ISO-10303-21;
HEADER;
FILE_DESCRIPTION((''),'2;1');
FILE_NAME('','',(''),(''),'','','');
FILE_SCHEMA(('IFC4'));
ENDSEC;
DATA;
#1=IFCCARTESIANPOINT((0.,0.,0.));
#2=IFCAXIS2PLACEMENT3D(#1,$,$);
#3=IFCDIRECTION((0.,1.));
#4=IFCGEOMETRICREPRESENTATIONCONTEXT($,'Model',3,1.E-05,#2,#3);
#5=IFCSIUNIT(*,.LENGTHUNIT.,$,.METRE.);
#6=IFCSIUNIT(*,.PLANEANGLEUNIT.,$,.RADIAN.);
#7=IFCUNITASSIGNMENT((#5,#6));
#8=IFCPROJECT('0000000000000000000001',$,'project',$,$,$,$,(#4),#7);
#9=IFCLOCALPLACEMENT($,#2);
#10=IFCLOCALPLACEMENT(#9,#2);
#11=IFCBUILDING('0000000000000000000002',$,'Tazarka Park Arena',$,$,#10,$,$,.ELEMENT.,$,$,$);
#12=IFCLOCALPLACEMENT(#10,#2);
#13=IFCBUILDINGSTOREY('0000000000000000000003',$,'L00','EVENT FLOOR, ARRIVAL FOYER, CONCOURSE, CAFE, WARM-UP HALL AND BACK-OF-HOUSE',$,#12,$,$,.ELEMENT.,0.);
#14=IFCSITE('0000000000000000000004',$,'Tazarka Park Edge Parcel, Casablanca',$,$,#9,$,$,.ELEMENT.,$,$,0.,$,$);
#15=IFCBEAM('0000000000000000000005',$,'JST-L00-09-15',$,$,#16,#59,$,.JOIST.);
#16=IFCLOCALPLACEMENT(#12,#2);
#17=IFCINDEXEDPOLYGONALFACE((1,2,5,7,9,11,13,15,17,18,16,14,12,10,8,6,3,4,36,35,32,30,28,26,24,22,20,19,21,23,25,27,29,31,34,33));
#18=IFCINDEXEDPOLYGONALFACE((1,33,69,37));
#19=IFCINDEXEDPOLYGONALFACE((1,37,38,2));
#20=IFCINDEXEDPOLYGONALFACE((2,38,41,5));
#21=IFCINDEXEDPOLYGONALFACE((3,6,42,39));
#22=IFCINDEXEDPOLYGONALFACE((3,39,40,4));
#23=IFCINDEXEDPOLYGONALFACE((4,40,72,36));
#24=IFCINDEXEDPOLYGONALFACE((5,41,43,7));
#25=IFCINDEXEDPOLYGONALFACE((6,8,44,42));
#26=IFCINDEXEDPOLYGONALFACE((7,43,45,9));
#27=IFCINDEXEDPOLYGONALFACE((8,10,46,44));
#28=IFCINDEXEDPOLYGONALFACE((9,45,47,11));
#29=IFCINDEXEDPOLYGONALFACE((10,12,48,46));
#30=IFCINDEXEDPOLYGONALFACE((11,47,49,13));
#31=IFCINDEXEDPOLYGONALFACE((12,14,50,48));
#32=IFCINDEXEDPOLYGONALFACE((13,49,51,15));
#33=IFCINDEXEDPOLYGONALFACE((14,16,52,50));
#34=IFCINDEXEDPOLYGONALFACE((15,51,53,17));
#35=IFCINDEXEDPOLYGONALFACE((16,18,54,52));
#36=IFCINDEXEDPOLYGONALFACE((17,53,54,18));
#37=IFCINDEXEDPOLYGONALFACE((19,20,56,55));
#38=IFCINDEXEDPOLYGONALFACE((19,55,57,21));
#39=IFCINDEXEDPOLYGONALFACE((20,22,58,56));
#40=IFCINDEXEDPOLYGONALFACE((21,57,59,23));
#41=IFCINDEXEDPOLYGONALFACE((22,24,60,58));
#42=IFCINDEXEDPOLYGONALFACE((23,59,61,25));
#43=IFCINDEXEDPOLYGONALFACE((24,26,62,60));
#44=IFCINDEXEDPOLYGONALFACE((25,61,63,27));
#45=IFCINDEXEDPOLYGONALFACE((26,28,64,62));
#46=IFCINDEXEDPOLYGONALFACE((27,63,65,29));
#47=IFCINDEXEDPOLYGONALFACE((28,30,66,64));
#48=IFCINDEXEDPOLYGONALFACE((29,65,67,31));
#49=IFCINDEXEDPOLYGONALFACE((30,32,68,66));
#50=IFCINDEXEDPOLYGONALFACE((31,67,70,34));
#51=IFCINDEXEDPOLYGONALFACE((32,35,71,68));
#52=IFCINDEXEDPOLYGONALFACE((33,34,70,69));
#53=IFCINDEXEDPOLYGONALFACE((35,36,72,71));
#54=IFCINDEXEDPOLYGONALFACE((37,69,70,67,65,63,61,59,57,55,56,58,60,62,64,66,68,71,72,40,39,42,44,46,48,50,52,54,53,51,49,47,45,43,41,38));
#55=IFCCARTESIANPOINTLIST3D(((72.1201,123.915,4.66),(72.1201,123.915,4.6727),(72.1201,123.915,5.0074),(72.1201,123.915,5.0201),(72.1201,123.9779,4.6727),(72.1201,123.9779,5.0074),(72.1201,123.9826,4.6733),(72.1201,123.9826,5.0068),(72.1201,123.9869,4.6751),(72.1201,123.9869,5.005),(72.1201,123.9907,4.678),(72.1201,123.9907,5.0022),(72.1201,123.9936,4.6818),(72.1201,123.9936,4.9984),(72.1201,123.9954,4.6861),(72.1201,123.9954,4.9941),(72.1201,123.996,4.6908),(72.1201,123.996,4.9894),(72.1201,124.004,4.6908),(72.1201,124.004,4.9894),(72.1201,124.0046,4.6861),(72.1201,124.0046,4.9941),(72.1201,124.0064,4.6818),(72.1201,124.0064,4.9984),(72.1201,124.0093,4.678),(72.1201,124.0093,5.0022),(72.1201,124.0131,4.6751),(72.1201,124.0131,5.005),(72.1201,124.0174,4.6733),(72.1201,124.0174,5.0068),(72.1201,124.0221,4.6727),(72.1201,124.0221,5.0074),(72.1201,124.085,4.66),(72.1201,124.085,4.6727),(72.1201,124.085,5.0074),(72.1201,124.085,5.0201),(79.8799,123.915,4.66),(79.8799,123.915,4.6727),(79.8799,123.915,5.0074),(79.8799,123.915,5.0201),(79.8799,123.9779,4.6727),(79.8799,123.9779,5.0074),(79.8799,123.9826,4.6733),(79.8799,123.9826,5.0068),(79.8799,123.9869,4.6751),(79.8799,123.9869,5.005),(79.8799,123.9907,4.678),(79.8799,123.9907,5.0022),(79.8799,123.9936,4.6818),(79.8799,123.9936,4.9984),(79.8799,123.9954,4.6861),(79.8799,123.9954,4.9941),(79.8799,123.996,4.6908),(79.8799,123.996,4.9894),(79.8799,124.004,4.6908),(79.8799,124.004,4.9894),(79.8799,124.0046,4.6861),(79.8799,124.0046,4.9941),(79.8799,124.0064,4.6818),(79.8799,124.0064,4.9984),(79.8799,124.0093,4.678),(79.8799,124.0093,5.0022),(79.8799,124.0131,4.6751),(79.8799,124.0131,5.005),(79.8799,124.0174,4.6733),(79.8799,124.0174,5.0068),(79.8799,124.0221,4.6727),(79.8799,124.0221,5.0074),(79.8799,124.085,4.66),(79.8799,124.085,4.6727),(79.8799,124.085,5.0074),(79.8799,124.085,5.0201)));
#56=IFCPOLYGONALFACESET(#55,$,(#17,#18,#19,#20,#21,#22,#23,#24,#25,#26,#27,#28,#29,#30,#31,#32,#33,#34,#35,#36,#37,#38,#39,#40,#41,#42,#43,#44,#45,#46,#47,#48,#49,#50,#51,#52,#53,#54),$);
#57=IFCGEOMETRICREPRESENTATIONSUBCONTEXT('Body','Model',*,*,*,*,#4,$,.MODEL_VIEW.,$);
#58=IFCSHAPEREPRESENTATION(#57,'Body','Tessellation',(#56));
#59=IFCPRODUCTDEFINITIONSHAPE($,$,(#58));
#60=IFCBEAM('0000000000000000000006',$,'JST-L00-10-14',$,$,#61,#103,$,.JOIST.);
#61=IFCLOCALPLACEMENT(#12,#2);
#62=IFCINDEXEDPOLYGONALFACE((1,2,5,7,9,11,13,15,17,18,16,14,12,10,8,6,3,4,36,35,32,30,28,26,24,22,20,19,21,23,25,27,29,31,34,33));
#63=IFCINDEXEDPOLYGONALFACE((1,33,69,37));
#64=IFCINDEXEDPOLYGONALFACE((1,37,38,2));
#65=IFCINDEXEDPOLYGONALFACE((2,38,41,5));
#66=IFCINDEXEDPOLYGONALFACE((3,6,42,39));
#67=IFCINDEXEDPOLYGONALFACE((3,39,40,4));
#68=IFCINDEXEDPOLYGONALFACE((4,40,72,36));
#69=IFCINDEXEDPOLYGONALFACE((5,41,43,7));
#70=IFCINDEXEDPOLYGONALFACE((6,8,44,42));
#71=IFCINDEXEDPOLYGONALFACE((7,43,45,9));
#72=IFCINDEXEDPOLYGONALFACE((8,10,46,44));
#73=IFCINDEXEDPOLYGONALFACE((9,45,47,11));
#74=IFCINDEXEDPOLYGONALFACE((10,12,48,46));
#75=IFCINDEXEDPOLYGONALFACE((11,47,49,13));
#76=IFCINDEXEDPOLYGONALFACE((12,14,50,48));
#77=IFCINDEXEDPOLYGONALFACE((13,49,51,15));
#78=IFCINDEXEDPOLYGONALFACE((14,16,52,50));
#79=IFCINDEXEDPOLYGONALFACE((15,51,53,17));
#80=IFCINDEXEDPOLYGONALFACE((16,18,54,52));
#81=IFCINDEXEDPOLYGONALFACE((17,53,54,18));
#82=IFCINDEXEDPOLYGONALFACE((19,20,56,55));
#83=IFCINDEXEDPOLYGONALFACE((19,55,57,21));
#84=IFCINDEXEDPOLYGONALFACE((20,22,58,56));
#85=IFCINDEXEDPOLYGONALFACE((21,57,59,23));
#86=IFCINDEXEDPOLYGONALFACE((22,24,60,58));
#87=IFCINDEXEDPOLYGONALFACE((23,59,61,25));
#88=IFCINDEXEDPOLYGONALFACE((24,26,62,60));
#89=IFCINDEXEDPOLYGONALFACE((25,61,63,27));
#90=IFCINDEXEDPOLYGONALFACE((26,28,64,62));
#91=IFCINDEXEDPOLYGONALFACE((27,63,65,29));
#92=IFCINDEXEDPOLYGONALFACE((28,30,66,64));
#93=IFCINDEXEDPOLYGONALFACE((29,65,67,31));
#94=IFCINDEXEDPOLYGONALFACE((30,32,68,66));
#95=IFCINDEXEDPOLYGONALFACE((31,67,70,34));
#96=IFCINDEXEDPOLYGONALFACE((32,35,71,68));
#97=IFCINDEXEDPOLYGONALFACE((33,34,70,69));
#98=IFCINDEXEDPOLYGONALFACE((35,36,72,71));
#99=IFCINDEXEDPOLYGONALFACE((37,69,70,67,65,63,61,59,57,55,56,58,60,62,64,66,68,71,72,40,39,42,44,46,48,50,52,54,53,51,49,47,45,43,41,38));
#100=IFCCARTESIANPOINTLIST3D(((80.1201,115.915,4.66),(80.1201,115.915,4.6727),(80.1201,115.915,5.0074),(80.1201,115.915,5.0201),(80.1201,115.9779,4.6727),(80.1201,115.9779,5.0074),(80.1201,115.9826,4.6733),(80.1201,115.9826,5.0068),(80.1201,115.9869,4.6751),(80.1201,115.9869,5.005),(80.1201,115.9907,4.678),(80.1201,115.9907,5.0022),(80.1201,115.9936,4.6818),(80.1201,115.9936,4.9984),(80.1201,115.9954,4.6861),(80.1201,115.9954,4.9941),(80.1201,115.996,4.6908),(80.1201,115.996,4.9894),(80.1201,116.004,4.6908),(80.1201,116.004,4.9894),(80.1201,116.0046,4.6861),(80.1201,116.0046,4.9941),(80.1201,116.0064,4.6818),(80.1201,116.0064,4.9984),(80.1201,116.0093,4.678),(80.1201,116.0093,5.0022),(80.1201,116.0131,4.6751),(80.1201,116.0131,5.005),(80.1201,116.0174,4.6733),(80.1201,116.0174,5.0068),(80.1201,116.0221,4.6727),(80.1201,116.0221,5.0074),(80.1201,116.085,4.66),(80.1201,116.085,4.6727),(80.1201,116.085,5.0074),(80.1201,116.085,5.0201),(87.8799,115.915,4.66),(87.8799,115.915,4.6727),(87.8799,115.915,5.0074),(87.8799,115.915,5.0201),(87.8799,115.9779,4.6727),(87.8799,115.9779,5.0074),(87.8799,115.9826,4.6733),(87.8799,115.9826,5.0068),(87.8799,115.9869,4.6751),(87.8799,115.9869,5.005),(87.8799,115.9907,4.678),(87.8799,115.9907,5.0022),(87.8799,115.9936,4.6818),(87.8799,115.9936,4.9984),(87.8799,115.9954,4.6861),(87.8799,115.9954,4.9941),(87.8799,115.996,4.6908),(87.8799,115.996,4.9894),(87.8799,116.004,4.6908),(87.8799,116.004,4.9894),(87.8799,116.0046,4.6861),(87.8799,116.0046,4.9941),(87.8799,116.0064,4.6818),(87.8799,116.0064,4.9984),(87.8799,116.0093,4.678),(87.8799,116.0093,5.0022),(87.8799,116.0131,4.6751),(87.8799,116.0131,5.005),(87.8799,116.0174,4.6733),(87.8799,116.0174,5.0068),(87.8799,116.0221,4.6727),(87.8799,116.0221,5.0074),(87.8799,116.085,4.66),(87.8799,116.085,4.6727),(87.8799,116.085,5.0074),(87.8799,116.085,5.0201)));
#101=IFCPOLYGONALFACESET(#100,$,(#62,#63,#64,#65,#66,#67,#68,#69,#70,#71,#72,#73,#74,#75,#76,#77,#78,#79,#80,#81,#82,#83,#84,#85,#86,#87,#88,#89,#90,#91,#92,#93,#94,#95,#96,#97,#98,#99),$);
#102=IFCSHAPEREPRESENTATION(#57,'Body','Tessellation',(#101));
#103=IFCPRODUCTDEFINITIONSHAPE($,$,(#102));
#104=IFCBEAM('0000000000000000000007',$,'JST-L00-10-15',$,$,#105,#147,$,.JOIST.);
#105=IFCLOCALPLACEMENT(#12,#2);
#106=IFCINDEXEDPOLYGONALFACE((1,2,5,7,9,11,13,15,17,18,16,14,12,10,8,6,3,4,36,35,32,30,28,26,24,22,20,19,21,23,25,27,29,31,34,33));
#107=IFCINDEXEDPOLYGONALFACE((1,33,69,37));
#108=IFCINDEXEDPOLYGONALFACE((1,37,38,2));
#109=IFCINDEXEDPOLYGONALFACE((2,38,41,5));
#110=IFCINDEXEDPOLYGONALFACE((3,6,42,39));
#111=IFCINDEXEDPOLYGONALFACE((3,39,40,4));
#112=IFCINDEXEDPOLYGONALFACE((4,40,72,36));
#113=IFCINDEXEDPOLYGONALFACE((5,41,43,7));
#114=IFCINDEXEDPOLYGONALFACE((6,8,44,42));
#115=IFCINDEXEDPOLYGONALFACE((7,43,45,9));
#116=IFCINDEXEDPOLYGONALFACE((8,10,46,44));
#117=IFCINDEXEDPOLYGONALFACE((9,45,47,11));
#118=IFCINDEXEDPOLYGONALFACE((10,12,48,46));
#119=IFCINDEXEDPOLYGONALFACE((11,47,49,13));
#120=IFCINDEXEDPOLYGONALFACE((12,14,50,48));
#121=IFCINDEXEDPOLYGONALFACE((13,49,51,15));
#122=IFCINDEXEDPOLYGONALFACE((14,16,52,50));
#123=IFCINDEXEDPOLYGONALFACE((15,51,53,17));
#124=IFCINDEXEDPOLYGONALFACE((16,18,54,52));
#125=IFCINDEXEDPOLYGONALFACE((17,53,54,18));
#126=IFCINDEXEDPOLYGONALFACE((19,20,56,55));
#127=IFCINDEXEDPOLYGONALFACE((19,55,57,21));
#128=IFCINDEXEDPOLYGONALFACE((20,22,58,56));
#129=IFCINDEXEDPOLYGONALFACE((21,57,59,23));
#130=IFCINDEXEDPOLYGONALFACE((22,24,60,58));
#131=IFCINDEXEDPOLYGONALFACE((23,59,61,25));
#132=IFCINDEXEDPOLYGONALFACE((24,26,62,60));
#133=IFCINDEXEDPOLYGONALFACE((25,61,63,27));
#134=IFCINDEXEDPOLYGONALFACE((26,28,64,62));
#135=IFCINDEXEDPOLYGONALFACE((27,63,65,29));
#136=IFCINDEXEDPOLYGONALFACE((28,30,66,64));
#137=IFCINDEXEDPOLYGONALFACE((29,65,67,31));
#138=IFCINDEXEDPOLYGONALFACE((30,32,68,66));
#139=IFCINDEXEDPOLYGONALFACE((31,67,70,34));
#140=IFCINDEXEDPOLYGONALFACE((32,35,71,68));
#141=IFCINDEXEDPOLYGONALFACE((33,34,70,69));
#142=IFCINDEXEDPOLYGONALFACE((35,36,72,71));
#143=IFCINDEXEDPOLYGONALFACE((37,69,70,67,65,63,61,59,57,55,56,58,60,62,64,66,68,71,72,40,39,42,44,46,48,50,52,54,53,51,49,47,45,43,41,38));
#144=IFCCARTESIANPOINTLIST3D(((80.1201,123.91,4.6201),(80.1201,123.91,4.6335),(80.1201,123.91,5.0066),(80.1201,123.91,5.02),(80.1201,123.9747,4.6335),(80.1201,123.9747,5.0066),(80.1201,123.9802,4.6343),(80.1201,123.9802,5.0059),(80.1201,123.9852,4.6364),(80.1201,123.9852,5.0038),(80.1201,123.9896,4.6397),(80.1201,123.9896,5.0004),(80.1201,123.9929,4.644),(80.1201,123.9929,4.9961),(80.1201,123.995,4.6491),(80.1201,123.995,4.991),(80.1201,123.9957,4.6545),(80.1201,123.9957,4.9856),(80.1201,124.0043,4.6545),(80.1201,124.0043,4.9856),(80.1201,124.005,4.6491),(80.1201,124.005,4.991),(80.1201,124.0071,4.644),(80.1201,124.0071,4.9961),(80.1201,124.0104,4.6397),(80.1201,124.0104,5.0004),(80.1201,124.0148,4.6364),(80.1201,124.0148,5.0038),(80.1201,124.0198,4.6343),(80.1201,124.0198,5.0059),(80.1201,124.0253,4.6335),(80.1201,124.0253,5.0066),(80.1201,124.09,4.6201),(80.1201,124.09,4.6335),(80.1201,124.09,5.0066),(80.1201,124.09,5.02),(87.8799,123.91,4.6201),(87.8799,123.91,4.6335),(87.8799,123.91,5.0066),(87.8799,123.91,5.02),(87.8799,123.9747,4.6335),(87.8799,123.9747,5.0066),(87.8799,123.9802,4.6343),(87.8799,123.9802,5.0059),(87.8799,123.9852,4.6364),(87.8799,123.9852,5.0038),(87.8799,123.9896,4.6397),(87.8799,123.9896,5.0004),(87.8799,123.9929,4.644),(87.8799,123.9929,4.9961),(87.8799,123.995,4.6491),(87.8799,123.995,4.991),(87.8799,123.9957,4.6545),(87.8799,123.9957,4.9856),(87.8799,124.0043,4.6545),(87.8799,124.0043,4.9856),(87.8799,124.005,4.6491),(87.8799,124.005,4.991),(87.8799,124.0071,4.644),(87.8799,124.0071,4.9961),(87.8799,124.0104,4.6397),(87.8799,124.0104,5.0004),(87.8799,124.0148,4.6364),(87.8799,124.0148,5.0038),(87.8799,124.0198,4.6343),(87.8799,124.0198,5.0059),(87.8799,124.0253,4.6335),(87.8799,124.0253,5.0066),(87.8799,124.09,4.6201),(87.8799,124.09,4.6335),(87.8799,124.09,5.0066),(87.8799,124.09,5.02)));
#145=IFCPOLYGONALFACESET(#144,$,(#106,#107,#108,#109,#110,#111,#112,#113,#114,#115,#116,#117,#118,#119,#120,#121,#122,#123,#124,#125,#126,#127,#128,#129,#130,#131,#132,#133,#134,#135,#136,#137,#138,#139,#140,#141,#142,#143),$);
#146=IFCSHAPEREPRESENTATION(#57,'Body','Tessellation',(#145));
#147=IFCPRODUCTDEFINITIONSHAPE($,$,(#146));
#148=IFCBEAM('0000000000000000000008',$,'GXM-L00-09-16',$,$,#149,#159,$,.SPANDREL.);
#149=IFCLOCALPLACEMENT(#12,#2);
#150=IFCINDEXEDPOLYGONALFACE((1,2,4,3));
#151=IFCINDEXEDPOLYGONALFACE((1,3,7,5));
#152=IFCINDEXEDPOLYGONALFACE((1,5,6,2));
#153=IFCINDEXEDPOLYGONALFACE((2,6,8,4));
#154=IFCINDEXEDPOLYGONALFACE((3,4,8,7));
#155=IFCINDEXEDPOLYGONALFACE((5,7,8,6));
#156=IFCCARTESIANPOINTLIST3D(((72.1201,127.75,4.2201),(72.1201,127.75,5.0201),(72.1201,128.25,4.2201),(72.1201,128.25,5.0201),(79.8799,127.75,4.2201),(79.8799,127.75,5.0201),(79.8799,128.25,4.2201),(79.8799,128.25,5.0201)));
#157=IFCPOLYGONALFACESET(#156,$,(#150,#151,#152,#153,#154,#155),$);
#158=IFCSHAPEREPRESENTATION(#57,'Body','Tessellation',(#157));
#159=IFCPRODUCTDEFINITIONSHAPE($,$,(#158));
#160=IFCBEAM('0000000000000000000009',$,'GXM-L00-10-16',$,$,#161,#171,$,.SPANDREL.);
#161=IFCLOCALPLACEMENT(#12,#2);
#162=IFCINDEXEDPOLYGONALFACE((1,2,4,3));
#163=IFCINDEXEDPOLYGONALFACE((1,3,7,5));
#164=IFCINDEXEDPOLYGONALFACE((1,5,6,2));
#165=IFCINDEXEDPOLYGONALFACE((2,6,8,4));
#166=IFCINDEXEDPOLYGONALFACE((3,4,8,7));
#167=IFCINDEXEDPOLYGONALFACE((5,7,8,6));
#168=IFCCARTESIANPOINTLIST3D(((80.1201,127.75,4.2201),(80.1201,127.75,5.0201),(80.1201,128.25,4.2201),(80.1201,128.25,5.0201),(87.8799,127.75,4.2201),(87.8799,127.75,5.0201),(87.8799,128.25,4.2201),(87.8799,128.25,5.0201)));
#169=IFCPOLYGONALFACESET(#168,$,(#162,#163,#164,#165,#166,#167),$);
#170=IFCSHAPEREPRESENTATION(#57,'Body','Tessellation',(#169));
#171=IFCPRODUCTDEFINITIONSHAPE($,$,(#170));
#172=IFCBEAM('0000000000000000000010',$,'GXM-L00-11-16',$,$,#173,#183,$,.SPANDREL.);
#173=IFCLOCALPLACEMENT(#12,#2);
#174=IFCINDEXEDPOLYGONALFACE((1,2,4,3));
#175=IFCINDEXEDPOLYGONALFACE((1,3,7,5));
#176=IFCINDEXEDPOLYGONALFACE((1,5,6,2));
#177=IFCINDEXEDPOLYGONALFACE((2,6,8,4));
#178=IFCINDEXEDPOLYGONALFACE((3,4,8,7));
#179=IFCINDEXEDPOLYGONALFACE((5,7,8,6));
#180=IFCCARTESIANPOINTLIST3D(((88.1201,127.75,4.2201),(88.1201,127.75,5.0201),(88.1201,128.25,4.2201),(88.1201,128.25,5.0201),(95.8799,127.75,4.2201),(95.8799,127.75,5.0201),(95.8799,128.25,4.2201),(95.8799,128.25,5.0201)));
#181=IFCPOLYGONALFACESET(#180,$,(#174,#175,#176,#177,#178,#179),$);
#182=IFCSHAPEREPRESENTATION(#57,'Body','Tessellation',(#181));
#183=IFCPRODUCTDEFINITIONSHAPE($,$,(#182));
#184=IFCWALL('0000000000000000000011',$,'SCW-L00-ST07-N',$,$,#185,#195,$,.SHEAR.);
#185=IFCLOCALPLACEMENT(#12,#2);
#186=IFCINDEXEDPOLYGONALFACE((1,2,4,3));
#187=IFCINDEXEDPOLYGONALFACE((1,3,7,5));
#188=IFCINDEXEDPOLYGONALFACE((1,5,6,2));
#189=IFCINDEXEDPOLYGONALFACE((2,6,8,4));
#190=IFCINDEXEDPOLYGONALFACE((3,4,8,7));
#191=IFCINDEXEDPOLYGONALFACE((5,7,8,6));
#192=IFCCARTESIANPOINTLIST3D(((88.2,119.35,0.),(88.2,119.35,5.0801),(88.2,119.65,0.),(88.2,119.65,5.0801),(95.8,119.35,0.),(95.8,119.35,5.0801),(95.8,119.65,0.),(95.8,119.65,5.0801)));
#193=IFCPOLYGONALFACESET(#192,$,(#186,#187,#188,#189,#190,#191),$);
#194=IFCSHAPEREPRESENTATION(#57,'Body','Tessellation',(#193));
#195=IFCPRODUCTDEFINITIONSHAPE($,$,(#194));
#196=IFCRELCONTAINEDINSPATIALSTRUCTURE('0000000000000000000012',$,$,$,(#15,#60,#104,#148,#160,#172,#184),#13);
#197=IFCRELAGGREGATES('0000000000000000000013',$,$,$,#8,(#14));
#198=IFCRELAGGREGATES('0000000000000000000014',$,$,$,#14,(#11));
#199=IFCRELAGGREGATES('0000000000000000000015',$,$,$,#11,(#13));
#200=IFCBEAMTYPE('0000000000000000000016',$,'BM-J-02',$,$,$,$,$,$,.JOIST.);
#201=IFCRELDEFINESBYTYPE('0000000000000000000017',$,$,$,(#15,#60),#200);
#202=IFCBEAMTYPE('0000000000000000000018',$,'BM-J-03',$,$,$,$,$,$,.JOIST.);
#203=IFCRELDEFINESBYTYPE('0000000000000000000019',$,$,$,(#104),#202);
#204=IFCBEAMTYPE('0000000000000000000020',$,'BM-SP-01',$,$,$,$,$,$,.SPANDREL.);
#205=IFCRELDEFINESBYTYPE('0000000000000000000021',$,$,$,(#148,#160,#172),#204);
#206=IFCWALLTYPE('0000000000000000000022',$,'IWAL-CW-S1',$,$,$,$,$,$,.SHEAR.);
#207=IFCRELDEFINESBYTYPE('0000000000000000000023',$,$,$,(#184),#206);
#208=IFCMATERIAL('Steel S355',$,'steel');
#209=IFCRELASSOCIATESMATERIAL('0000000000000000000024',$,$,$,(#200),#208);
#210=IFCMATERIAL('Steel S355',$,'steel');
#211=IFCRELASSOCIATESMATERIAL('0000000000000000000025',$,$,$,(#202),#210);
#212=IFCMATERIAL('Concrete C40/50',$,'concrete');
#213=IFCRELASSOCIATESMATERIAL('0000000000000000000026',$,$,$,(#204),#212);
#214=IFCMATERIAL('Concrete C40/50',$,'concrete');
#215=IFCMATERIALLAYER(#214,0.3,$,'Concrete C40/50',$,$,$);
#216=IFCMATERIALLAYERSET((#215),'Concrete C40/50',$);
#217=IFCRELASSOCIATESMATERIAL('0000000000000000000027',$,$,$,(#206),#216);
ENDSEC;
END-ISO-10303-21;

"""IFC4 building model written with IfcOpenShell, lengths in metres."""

from ifc_helpers import new_model, si_unit, direction, frame, frame_2d, origin, origin_2d, place, context, subcontext, project, spatial, rectangle, i_section, extrude, material, layer, layer_set, material_profile, profile_set, type_object, element, save


model = new_model("IFC4")

# Units and contexts
model_context = context("Model", 3, precision=1e-05, world=origin(), true_north=direction((0.0, 1.0)))
body_context = subcontext(model_context, "Body", "Model", "MODEL_VIEW")
ifc_project = project(units=[si_unit("LENGTHUNIT", "METRE"), si_unit("PLANEANGLEUNIT", "RADIAN")], contexts=[model_context])

# Site, building, storey
site_placement = place(None, origin())
site = spatial("IfcSite", under=ifc_project, at=site_placement, Name="Tazarka Park Edge Parcel, Casablanca", CompositionType="ELEMENT", RefElevation=0.0)
building_placement = place(site_placement, origin())
building = spatial("IfcBuilding", under=site, at=building_placement, Name="Tazarka Park Arena", CompositionType="ELEMENT")
storey_placement = place(building_placement, origin())
storey = spatial("IfcBuildingStorey", under=building, at=storey_placement, Name="L00", Description="EVENT FLOOR, ARRIVAL FOYER, CONCOURSE, CAFE, WARM-UP HALL AND BACK-OF-HOUSE", CompositionType="ELEMENT", Elevation=0.0)

# Beams
ifc_material_1 = material(Name="Steel S355", Category="steel")
ifc_material_profile_1 = material_profile(ifc_material_1, i_section(OverallWidth=0.1699, OverallDepth=0.3601, WebThickness=0.0081, FlangeThickness=0.0127, FilletRadius=0.0181, at=origin_2d()), Name="Steel S355")
ifc_profile_set_1 = profile_set([ifc_material_profile_1], Name="Steel S355")
beam_type_1 = type_object("IfcBeamType", Name="BM-J-02", PredefinedType="JOIST", material=ifc_profile_set_1)
for number, where, z_axis, x_axis, name in (
    (1, (72.1201, 124.0, 4.8401), (1.0, 0.0, 0.0), (0.0, 1.0, 0.0), "JST-L00-09-15"),
    (2, (80.1201, 116.0, 4.8401), (1.0, 0.0, 0.0), (0.0, 1.0, 0.0), "JST-L00-10-14"),
):
    element("IfcBeam", number, at=place(storey_placement, frame(where, z_axis=z_axis, x_axis=x_axis)), inside=storey, type_object=beam_type_1, Name=name, PredefinedType="JOIST", context=body_context, shape_type="SweptSolid", body=[
        extrude(i_section(OverallWidth=0.1699, OverallDepth=0.3601, WebThickness=0.0081, FlangeThickness=0.0127, FilletRadius=0.0181, at=origin_2d()), origin(), (0.0, 0.0, 1.0), 7.7598),
    ])
ifc_material_2 = material(Name="Steel S355", Category="steel")
ifc_material_profile_2 = material_profile(ifc_material_2, i_section(OverallWidth=0.1799, OverallDepth=0.3999, WebThickness=0.0085, FlangeThickness=0.0134, FilletRadius=0.021, at=origin_2d()), Name="Steel S355")
ifc_profile_set_2 = profile_set([ifc_material_profile_2], Name="Steel S355")
beam_type_2 = type_object("IfcBeamType", Name="BM-J-03", PredefinedType="JOIST", material=ifc_profile_set_2)
beam_1_placement = place(storey_placement, frame((80.1201, 124.0, 4.8201), z_axis=(1.0, 0.0, 0.0), x_axis=(0.0, 1.0, 0.0)))
element("IfcBeam", 3, at=beam_1_placement, inside=storey, type_object=beam_type_2, Name="JST-L00-10-15", PredefinedType="JOIST", context=body_context, shape_type="SweptSolid", body=[
    extrude(i_section(OverallWidth=0.1799, OverallDepth=0.3999, WebThickness=0.0085, FlangeThickness=0.0134, FilletRadius=0.021, at=origin_2d()), origin(), (0.0, 0.0, 1.0), 7.7598),
])
ifc_material_3 = material(Name="Concrete C40/50", Category="concrete")
ifc_material_profile_3 = material_profile(ifc_material_3, rectangle(XDim=0.5, YDim=0.8, at=origin_2d()), Name="Concrete C40/50")
ifc_profile_set_3 = profile_set([ifc_material_profile_3], Name="Concrete C40/50")
beam_type_3 = type_object("IfcBeamType", Name="BM-SP-01", PredefinedType="SPANDREL", material=ifc_profile_set_3)
for number, where, z_axis, x_axis, name in (
    (4, (72.1201, 128.0, 4.6201), (1.0, 0.0, 0.0), (0.0, 1.0, 0.0), "GXM-L00-09-16"),
    (5, (80.1201, 128.0, 4.6201), (1.0, 0.0, 0.0), (0.0, 1.0, 0.0), "GXM-L00-10-16"),
    (6, (88.1201, 128.0, 4.6201), (1.0, 0.0, 0.0), (0.0, 1.0, 0.0), "GXM-L00-11-16"),
):
    element("IfcBeam", number, at=place(storey_placement, frame(where, z_axis=z_axis, x_axis=x_axis)), inside=storey, type_object=beam_type_3, Name=name, PredefinedType="SPANDREL", context=body_context, shape_type="SweptSolid", body=[
        extrude(rectangle(XDim=0.5, YDim=0.8, at=origin_2d()), origin(), (0.0, 0.0, 1.0), 7.7598),
    ])

# Wall
ifc_material_4 = material(Name="Concrete C40/50", Category="concrete")
ifc_layer_1 = layer(ifc_material_4, 0.3, Name="Concrete C40/50")
ifc_layer_set_1 = layer_set([ifc_layer_1], Name="Concrete C40/50")
wall_type_1 = type_object("IfcWallType", Name="IWAL-CW-S1", PredefinedType="SHEAR", material=ifc_layer_set_1)
wall_1_placement = place(storey_placement, frame((88.2, 119.5, 0.0), z_axis=(0.0, 0.0, 1.0), x_axis=(1.0, 0.0, 0.0)))
element("IfcWall", 7, at=wall_1_placement, inside=storey, type_object=wall_type_1, Name="SCW-L00-ST07-N", PredefinedType="SHEAR", context=body_context, shape_type="SweptSolid", body=[
    extrude(rectangle(XDim=7.6001, YDim=0.3, at=frame_2d((3.8, 0.0))), origin(), (0.0, 0.0, 1.0), 5.0801),
])

save(model, "model.ifc")
